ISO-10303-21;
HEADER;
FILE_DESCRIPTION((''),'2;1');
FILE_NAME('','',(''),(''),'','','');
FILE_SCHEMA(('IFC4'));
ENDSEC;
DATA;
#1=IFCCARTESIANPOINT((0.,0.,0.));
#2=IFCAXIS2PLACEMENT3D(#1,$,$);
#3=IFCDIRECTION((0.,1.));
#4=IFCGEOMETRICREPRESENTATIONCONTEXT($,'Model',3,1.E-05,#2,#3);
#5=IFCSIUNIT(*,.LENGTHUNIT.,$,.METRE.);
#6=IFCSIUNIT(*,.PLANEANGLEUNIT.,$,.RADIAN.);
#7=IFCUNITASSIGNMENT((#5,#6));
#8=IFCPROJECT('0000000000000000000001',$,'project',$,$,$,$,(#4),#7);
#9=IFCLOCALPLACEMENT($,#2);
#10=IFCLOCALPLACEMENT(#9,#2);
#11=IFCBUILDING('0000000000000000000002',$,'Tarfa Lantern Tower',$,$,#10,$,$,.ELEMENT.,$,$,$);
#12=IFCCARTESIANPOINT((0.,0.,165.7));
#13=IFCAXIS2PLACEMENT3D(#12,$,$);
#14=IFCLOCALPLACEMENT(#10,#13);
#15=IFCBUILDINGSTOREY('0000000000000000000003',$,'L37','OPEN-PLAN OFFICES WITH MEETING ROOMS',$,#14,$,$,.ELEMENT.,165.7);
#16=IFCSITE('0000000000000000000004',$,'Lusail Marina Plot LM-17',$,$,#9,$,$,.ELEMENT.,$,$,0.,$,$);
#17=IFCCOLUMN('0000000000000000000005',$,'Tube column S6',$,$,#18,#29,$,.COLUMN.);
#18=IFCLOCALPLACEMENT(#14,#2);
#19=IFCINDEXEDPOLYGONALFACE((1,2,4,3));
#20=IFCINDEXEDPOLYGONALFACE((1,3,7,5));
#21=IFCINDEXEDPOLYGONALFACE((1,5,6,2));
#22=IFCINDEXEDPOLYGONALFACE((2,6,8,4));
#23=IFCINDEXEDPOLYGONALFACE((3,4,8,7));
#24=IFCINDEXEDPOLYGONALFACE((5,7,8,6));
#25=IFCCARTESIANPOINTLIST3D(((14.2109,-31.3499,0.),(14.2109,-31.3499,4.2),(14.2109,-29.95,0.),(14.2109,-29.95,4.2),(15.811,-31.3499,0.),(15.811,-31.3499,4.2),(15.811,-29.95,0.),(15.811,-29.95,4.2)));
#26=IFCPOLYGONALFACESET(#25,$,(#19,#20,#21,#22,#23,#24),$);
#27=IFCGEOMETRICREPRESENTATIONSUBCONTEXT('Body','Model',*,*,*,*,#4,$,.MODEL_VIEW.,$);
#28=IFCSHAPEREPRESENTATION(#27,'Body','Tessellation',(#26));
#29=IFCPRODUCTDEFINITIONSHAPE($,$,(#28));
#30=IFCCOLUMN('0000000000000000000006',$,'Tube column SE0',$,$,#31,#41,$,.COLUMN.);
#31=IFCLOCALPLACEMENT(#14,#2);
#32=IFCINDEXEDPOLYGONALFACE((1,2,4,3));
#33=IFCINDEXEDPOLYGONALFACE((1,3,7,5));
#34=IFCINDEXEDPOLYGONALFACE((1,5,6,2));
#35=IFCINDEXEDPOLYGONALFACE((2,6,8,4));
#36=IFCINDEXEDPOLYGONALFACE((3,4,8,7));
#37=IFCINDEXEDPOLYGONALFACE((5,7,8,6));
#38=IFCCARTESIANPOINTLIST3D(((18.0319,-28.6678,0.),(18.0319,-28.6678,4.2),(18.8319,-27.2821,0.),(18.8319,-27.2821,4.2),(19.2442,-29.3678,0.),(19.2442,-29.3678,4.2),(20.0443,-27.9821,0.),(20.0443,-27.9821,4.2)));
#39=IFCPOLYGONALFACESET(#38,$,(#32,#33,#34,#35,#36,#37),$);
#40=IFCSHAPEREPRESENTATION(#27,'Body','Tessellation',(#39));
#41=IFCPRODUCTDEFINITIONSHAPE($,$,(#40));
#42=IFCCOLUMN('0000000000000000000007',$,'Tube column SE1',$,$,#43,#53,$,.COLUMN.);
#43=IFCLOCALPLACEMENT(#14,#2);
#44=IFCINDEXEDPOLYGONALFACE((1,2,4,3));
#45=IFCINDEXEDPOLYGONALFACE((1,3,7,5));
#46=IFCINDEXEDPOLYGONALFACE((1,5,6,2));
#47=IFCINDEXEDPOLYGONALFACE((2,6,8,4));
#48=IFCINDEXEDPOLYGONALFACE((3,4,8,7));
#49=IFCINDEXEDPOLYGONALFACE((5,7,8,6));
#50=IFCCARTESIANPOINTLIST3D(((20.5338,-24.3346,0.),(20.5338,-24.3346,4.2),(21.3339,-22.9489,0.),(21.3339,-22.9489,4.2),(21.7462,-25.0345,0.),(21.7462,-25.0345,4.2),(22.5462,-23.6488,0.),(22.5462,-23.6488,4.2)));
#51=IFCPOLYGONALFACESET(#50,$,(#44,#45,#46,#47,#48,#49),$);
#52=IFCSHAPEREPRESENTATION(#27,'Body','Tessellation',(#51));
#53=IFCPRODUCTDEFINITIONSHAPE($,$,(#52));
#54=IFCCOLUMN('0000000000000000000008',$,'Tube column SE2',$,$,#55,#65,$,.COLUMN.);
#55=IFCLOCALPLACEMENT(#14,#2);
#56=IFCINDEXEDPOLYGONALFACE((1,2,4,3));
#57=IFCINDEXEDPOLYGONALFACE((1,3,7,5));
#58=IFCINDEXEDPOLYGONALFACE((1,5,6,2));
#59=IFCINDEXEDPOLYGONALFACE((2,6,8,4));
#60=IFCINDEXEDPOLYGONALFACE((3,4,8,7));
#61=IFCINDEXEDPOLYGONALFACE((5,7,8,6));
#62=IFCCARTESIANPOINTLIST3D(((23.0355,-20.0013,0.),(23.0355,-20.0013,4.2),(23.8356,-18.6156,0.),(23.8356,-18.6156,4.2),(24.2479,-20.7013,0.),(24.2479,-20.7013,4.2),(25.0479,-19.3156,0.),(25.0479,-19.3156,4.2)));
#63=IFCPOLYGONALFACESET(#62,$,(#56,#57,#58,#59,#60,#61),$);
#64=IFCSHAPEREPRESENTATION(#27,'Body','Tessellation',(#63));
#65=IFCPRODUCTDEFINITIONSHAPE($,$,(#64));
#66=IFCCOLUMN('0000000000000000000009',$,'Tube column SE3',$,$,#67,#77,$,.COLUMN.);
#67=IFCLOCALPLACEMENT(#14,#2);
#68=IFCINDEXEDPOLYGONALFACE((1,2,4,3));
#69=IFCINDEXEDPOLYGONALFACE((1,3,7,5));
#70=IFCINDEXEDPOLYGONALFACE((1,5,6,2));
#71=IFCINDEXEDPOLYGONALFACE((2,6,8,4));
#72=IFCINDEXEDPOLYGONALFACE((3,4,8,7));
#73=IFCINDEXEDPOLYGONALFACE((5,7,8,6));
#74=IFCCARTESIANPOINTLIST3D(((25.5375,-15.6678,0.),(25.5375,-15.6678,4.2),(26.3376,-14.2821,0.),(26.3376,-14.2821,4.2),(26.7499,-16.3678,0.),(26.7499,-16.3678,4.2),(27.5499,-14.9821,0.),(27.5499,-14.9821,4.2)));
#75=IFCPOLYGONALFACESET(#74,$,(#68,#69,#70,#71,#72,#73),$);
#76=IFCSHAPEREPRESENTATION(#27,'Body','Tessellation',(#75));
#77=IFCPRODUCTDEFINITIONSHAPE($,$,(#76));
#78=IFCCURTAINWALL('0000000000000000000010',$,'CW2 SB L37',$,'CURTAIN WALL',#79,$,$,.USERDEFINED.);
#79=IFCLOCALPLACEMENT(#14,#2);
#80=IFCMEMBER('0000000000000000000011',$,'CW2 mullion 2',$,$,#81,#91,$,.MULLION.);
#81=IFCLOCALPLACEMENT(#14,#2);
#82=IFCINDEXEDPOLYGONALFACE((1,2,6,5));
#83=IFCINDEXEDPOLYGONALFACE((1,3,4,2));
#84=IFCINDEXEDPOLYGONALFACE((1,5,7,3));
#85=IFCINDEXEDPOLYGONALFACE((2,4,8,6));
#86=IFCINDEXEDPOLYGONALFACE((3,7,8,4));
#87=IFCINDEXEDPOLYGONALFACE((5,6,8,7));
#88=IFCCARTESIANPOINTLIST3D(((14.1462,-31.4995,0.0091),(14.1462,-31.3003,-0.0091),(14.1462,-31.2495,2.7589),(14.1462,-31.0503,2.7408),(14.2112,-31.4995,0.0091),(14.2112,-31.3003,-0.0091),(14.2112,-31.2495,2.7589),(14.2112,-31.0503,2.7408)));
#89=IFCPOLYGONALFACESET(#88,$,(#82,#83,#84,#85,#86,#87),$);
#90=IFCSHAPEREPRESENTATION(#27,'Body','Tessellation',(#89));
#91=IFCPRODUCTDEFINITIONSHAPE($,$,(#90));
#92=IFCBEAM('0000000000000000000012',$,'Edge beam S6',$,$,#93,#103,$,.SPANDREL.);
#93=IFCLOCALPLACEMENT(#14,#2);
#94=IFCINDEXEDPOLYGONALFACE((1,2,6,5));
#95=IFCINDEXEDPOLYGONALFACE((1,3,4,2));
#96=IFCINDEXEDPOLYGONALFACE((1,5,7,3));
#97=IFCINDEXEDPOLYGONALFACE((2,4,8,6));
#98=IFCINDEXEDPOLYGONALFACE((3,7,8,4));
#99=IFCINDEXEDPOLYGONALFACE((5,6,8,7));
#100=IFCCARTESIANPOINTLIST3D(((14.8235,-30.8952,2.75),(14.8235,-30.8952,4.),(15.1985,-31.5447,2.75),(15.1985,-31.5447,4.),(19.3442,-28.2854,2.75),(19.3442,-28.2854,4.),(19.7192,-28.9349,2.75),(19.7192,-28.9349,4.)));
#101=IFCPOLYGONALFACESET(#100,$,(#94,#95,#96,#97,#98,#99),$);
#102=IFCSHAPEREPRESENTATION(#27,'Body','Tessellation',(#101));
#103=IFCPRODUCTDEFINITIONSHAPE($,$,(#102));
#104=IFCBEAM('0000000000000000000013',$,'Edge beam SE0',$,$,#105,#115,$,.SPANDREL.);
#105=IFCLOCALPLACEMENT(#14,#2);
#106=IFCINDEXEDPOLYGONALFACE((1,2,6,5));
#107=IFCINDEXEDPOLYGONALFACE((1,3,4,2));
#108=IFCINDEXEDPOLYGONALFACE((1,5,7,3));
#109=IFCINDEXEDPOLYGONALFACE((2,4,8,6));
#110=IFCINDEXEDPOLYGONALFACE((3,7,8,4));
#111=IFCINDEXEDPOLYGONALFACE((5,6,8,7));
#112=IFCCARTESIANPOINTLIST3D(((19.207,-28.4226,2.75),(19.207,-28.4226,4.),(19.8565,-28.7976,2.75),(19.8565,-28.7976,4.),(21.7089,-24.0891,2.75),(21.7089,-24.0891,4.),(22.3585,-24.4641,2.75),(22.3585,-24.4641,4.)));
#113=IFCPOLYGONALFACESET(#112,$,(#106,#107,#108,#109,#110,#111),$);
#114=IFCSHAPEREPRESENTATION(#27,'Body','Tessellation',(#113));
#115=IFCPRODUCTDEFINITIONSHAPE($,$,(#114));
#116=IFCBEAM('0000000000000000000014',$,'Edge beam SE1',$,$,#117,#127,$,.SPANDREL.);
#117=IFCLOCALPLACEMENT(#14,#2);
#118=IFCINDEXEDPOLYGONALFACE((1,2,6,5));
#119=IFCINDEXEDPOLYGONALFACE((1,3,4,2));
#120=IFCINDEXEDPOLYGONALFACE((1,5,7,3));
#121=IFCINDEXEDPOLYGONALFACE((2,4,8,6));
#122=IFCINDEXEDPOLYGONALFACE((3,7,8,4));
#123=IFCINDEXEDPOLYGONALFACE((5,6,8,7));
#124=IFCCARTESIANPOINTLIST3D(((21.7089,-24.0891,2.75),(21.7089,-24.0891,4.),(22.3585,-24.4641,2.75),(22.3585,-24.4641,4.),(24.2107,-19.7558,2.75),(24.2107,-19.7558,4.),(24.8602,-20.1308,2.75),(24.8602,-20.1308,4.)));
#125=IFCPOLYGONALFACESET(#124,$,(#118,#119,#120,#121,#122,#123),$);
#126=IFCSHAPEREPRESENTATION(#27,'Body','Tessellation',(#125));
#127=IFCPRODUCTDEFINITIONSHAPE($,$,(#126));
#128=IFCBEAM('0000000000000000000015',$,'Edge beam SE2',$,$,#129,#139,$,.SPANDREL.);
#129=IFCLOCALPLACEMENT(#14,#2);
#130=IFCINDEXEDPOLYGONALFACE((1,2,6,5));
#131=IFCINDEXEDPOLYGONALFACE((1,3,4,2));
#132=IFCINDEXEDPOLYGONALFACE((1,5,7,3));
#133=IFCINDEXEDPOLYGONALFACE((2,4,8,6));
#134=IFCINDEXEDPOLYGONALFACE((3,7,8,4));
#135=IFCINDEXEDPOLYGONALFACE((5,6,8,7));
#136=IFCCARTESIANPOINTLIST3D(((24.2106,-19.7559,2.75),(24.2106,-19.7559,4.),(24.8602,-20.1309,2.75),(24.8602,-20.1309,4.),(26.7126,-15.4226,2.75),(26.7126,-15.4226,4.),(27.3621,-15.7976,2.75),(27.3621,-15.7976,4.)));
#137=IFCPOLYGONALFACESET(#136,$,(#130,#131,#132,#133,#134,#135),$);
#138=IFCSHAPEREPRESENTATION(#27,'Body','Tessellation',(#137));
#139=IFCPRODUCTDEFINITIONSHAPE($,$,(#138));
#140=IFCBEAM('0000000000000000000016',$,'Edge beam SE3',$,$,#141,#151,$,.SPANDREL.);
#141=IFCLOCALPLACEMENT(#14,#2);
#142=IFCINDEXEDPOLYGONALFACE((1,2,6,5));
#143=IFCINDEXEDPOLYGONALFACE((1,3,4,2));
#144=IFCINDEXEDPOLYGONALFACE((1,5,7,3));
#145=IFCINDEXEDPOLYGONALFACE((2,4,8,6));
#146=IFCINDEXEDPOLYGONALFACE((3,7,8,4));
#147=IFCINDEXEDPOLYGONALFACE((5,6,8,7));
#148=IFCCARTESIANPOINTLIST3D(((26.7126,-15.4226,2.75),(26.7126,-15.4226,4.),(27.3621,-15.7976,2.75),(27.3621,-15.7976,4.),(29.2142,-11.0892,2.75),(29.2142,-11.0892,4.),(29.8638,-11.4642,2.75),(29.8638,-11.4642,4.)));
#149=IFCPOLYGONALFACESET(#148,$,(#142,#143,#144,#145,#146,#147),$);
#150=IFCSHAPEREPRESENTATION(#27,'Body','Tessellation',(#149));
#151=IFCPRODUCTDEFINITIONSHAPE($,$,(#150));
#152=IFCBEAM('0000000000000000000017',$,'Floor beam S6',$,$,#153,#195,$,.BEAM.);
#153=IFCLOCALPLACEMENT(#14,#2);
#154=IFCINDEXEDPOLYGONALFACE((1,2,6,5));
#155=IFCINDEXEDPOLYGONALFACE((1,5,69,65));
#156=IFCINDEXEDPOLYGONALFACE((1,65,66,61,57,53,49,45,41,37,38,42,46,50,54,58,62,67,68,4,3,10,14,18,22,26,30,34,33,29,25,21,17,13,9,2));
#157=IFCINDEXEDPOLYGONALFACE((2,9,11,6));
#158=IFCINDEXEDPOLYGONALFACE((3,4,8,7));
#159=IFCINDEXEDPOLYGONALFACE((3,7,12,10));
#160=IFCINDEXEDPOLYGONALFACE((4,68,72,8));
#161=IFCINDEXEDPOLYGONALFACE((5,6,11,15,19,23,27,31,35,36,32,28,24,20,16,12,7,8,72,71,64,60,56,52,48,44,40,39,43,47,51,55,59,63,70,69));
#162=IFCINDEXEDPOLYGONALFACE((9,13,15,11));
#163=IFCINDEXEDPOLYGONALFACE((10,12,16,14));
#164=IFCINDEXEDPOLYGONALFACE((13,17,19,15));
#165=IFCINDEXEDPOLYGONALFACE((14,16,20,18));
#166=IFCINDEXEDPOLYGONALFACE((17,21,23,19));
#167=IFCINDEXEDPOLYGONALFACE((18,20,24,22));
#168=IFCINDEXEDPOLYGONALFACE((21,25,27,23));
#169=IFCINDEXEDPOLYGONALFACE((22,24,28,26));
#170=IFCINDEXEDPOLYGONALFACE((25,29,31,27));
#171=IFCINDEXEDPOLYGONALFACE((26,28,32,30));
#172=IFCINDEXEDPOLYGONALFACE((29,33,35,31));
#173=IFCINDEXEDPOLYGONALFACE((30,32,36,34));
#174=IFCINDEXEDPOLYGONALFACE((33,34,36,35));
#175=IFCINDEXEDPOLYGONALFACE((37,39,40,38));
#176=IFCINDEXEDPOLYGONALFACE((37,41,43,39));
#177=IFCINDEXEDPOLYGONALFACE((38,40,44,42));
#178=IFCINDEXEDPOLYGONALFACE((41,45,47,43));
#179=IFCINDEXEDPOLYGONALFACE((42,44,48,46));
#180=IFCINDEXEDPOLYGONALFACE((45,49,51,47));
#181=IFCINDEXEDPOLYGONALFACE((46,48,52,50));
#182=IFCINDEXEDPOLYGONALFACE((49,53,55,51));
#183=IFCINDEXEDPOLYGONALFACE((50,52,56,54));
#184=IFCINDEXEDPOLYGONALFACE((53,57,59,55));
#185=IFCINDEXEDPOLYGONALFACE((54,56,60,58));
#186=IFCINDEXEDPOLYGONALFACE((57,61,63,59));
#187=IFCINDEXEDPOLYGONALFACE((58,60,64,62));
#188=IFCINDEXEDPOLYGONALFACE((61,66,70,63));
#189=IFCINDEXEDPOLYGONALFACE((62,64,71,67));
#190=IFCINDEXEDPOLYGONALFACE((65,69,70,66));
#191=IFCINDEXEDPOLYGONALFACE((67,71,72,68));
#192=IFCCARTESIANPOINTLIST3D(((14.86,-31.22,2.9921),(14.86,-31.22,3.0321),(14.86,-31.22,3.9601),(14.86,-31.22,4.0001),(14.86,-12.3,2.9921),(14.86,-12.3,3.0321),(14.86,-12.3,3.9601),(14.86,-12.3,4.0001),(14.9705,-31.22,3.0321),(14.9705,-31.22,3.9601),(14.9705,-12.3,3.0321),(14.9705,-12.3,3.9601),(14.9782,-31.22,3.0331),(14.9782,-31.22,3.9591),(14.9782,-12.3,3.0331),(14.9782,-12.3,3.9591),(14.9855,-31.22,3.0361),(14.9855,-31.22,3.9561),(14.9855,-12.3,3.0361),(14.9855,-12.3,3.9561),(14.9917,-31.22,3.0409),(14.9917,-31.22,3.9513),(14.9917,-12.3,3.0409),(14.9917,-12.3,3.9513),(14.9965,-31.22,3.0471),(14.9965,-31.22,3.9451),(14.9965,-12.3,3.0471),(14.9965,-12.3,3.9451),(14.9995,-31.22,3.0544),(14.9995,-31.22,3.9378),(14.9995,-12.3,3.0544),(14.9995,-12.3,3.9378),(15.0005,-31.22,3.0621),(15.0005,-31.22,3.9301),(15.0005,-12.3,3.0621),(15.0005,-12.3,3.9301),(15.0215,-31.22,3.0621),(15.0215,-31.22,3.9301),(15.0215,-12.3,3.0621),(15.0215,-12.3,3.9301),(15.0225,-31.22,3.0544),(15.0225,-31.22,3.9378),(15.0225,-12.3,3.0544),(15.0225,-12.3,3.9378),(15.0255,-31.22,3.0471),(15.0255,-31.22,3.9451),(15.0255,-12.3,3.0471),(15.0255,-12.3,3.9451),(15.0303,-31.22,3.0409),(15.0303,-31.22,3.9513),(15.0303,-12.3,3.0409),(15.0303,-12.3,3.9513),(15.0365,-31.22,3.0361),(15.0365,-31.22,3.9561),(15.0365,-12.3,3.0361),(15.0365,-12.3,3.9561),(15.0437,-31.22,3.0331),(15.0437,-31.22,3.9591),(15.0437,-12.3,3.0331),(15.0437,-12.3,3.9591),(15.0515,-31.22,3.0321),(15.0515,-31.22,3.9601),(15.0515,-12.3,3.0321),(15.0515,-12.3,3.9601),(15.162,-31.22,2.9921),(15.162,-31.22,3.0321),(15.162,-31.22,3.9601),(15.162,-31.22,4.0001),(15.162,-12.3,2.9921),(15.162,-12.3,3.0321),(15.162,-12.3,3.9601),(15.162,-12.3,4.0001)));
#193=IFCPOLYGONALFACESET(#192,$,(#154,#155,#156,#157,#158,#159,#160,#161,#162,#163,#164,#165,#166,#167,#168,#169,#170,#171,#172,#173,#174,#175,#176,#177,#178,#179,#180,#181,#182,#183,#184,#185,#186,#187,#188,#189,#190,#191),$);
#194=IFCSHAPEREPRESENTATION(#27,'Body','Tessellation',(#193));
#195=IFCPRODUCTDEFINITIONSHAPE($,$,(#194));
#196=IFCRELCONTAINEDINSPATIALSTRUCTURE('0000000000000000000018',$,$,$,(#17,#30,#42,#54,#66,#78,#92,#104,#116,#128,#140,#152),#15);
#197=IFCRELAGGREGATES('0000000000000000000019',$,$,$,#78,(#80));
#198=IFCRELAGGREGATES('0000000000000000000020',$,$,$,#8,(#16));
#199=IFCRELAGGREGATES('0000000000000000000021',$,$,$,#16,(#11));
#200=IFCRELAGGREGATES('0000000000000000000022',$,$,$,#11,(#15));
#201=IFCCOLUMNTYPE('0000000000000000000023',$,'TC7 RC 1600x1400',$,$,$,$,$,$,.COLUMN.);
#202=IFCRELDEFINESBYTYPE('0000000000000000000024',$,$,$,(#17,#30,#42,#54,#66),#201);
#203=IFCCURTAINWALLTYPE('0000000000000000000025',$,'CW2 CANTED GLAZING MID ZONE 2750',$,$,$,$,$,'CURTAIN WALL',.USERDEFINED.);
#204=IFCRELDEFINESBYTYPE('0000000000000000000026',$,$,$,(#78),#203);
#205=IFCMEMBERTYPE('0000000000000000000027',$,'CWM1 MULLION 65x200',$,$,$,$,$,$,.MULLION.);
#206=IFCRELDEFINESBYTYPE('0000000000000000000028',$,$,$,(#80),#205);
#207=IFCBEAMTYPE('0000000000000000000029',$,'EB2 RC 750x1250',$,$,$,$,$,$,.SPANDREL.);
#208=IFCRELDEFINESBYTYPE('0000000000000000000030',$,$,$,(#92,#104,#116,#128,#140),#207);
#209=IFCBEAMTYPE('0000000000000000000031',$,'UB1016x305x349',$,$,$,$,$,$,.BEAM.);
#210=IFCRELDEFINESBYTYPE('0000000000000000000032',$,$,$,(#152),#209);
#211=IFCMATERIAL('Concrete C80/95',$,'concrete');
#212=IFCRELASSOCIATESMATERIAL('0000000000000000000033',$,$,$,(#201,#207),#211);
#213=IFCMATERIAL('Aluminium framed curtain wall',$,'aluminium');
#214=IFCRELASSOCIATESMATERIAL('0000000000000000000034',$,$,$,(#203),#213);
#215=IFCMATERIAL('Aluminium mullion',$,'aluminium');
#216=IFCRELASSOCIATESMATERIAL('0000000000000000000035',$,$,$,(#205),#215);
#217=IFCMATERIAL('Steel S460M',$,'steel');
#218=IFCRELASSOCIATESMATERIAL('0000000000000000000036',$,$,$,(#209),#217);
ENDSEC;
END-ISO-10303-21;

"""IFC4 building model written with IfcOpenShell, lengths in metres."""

from ifc_helpers import new_model, si_unit, direction, frame, origin, origin_2d, place, context, subcontext, project, spatial, rectangle, i_section, extrude, material, material_profile, profile_set, type_object, element, aggregate, save


model = new_model("IFC4")

# Units and contexts
model_context = context("Model", 3, precision=1e-05, world=origin(), true_north=direction((0.0, 1.0)))
body_context = subcontext(model_context, "Body", "Model", "MODEL_VIEW")
ifc_project = project(units=[si_unit("LENGTHUNIT", "METRE"), si_unit("PLANEANGLEUNIT", "RADIAN")], contexts=[model_context])

# Site, building, storey
site_placement = place(None, origin())
site = spatial("IfcSite", under=ifc_project, at=site_placement, Name="Lusail Marina Plot LM-17", CompositionType="ELEMENT", RefElevation=0.0)
building_placement = place(site_placement, origin())
building = spatial("IfcBuilding", under=site, at=building_placement, Name="Tarfa Lantern Tower", CompositionType="ELEMENT")
storey_placement = place(building_placement, frame((0.0, 0.0, 165.7)))
storey = spatial("IfcBuildingStorey", under=building, at=storey_placement, Name="L37", Description="OPEN-PLAN OFFICES WITH MEETING ROOMS", CompositionType="ELEMENT", Elevation=165.7)

# Columns
ifc_material_1 = material(Name="Concrete C80/95", Category="concrete")
ifc_material_profile_1 = material_profile(ifc_material_1, rectangle(XDim=1.6001, YDim=1.3999, at=origin_2d()), Name="RC 1600x1400")
ifc_profile_set_1 = profile_set([ifc_material_profile_1], Name="Concrete C80/95")
column_type = type_object("IfcColumnType", Name="TC7 RC 1600x1400", PredefinedType="COLUMN", material=ifc_profile_set_1)
for number, where, z_axis, x_axis, name in (
    (1, (15.011, -30.6499, 0.0), (0.0, 0.0, 1.0), (1.0, 0.0, 0.0), "Tube column S6"),
    (2, (19.0381, -28.325, 0.0), (0.0, 0.0, 1.0), (0.5, 0.866025, 0.0), "Tube column SE0"),
    (3, (21.54, -23.9917, 0.0), (0.0, 0.0, 1.0), (0.5, 0.866025, 0.0), "Tube column SE1"),
    (4, (24.0417, -19.6584, 0.0), (0.0, 0.0, 1.0), (0.5, 0.866025, 0.0), "Tube column SE2"),
    (5, (26.5437, -15.325, 0.0), (0.0, 0.0, 1.0), (0.5, 0.866025, 0.0), "Tube column SE3"),
):
    element("IfcColumn", number, at=place(storey_placement, frame(where, z_axis=z_axis, x_axis=x_axis)), inside=storey, type_object=column_type, Name=name, PredefinedType="COLUMN", context=body_context, shape_type="SweptSolid", body=[
        extrude(rectangle(XDim=1.6001, YDim=1.3999, at=origin_2d()), origin(), (0.0, 0.0, 1.0), 4.2),
    ])

# Curtain wall, member
ifc_material_2 = material(Name="Aluminium framed curtain wall", Category="aluminium")
curtain_wall_type = type_object("IfcCurtainWallType", Name="CW2 CANTED GLAZING MID ZONE 2750", ElementType="CURTAIN WALL", PredefinedType="USERDEFINED", material=ifc_material_2)
curtain_wall_placement = place(storey_placement, origin())
curtain_wall = element("IfcCurtainWall", 6, at=curtain_wall_placement, inside=storey, type_object=curtain_wall_type, Name="CW2 SB L37", ObjectType="CURTAIN WALL", PredefinedType="USERDEFINED")
ifc_material_3 = material(Name="Aluminium mullion", Category="aluminium")
ifc_material_profile_2 = material_profile(ifc_material_3, rectangle(XDim=0.0649, YDim=0.2, at=origin_2d()), Name="AL MULLION 65x200")
ifc_profile_set_2 = profile_set([ifc_material_profile_2], Name="Aluminium mullion")
member_type = type_object("IfcMemberType", Name="CWM1 MULLION 65x200", PredefinedType="MULLION", material=ifc_profile_set_2)
member_placement = place(storey_placement, frame((14.1787, -31.3999, 0.0), z_axis=(0.0, 0.090536, 0.995893), x_axis=(-1.0, 0.0, 0.0)))
member = element("IfcMember", 7, at=member_placement, type_object=member_type, Name="CW2 mullion 2", PredefinedType="MULLION", context=body_context, shape_type="SweptSolid", body=[
    extrude(rectangle(XDim=0.0649, YDim=0.2, at=origin_2d()), origin(), (0.0, 0.0, 1.0), 2.7612),
])
aggregate(curtain_wall, [member])

# Beams
ifc_material_profile_3 = material_profile(ifc_material_1, rectangle(XDim=0.75, YDim=1.25, at=origin_2d()), Name="RC 750x1250")
ifc_profile_set_3 = profile_set([ifc_material_profile_3], Name="Concrete C80/95")
beam_type_1 = type_object("IfcBeamType", Name="EB2 RC 750x1250", PredefinedType="SPANDREL", material=ifc_profile_set_3)
beam_1_placement = place(storey_placement, frame((15.011, -31.22, 3.375), z_axis=(0.866042, 0.499972, 0.0), x_axis=(-0.499972, 0.866042, 0.0)))
element("IfcBeam", 8, at=beam_1_placement, inside=storey, type_object=beam_type_1, Name="Edge beam S6", PredefinedType="SPANDREL", context=body_context, shape_type="SweptSolid", body=[
    extrude(rectangle(XDim=0.75, YDim=1.25, at=origin_2d()), origin(), (0.0, 0.0, 1.0), 5.22),
])
beam_2_placement = place(storey_placement, frame((19.5317, -28.6101, 3.375), z_axis=(0.500001, 0.866025, 0.0), x_axis=(-0.866025, 0.500001, 0.0)))
element("IfcBeam", 9, at=beam_2_placement, inside=storey, type_object=beam_type_1, Name="Edge beam SE0", PredefinedType="SPANDREL", context=body_context, shape_type="SweptSolid", body=[
    extrude(rectangle(XDim=0.75, YDim=1.25, at=origin_2d()), origin(), (0.0, 0.0, 1.0), 5.0039),
])
for number, where, z_axis, x_axis, name in (
    (10, (22.0337, -24.2766, 3.375), (0.499986, 0.866034, 0.0), (-0.866034, 0.499986, 0.0), "Edge beam SE1"),
    (11, (24.5354, -19.9434, 3.375), (0.500022, 0.866013, 0.0), (-0.866013, 0.500022, 0.0), "Edge beam SE2"),
    (12, (27.0374, -15.6101, 3.375), (0.499965, 0.866046, 0.0), (-0.866046, 0.499965, 0.0), "Edge beam SE3"),
):
    element("IfcBeam", number, at=place(storey_placement, frame(where, z_axis=z_axis, x_axis=x_axis)), inside=storey, type_object=beam_type_1, Name=name, PredefinedType="SPANDREL", context=body_context, shape_type="SweptSolid", body=[
        extrude(rectangle(XDim=0.75, YDim=1.25, at=origin_2d()), origin(), (0.0, 0.0, 1.0), 5.0037),
    ])
ifc_material_4 = material(Name="Steel S460M", Category="steel")
ifc_material_profile_4 = material_profile(ifc_material_4, i_section(OverallWidth=0.302, OverallDepth=1.0081, WebThickness=0.021, FlangeThickness=0.04, FilletRadius=0.03, at=origin_2d()), Name="UB1016x305x349")
ifc_profile_set_4 = profile_set([ifc_material_profile_4], Name="Steel S460M")
beam_type_2 = type_object("IfcBeamType", Name="UB1016x305x349", PredefinedType="BEAM", material=ifc_profile_set_4)
beam_3_placement = place(storey_placement, frame((15.011, -31.22, 3.4961), z_axis=(0.0, 1.0, 0.0), x_axis=(-1.0, 0.0, 0.0)))
element("IfcBeam", 13, at=beam_3_placement, inside=storey, type_object=beam_type_2, Name="Floor beam S6", PredefinedType="BEAM", context=body_context, shape_type="SweptSolid", body=[
    extrude(i_section(OverallWidth=0.302, OverallDepth=1.0081, WebThickness=0.021, FlangeThickness=0.04, FilletRadius=0.03, at=origin_2d()), origin(), (0.0, 0.0, 1.0), 18.9199),
])

save(model, "model.ifc")
